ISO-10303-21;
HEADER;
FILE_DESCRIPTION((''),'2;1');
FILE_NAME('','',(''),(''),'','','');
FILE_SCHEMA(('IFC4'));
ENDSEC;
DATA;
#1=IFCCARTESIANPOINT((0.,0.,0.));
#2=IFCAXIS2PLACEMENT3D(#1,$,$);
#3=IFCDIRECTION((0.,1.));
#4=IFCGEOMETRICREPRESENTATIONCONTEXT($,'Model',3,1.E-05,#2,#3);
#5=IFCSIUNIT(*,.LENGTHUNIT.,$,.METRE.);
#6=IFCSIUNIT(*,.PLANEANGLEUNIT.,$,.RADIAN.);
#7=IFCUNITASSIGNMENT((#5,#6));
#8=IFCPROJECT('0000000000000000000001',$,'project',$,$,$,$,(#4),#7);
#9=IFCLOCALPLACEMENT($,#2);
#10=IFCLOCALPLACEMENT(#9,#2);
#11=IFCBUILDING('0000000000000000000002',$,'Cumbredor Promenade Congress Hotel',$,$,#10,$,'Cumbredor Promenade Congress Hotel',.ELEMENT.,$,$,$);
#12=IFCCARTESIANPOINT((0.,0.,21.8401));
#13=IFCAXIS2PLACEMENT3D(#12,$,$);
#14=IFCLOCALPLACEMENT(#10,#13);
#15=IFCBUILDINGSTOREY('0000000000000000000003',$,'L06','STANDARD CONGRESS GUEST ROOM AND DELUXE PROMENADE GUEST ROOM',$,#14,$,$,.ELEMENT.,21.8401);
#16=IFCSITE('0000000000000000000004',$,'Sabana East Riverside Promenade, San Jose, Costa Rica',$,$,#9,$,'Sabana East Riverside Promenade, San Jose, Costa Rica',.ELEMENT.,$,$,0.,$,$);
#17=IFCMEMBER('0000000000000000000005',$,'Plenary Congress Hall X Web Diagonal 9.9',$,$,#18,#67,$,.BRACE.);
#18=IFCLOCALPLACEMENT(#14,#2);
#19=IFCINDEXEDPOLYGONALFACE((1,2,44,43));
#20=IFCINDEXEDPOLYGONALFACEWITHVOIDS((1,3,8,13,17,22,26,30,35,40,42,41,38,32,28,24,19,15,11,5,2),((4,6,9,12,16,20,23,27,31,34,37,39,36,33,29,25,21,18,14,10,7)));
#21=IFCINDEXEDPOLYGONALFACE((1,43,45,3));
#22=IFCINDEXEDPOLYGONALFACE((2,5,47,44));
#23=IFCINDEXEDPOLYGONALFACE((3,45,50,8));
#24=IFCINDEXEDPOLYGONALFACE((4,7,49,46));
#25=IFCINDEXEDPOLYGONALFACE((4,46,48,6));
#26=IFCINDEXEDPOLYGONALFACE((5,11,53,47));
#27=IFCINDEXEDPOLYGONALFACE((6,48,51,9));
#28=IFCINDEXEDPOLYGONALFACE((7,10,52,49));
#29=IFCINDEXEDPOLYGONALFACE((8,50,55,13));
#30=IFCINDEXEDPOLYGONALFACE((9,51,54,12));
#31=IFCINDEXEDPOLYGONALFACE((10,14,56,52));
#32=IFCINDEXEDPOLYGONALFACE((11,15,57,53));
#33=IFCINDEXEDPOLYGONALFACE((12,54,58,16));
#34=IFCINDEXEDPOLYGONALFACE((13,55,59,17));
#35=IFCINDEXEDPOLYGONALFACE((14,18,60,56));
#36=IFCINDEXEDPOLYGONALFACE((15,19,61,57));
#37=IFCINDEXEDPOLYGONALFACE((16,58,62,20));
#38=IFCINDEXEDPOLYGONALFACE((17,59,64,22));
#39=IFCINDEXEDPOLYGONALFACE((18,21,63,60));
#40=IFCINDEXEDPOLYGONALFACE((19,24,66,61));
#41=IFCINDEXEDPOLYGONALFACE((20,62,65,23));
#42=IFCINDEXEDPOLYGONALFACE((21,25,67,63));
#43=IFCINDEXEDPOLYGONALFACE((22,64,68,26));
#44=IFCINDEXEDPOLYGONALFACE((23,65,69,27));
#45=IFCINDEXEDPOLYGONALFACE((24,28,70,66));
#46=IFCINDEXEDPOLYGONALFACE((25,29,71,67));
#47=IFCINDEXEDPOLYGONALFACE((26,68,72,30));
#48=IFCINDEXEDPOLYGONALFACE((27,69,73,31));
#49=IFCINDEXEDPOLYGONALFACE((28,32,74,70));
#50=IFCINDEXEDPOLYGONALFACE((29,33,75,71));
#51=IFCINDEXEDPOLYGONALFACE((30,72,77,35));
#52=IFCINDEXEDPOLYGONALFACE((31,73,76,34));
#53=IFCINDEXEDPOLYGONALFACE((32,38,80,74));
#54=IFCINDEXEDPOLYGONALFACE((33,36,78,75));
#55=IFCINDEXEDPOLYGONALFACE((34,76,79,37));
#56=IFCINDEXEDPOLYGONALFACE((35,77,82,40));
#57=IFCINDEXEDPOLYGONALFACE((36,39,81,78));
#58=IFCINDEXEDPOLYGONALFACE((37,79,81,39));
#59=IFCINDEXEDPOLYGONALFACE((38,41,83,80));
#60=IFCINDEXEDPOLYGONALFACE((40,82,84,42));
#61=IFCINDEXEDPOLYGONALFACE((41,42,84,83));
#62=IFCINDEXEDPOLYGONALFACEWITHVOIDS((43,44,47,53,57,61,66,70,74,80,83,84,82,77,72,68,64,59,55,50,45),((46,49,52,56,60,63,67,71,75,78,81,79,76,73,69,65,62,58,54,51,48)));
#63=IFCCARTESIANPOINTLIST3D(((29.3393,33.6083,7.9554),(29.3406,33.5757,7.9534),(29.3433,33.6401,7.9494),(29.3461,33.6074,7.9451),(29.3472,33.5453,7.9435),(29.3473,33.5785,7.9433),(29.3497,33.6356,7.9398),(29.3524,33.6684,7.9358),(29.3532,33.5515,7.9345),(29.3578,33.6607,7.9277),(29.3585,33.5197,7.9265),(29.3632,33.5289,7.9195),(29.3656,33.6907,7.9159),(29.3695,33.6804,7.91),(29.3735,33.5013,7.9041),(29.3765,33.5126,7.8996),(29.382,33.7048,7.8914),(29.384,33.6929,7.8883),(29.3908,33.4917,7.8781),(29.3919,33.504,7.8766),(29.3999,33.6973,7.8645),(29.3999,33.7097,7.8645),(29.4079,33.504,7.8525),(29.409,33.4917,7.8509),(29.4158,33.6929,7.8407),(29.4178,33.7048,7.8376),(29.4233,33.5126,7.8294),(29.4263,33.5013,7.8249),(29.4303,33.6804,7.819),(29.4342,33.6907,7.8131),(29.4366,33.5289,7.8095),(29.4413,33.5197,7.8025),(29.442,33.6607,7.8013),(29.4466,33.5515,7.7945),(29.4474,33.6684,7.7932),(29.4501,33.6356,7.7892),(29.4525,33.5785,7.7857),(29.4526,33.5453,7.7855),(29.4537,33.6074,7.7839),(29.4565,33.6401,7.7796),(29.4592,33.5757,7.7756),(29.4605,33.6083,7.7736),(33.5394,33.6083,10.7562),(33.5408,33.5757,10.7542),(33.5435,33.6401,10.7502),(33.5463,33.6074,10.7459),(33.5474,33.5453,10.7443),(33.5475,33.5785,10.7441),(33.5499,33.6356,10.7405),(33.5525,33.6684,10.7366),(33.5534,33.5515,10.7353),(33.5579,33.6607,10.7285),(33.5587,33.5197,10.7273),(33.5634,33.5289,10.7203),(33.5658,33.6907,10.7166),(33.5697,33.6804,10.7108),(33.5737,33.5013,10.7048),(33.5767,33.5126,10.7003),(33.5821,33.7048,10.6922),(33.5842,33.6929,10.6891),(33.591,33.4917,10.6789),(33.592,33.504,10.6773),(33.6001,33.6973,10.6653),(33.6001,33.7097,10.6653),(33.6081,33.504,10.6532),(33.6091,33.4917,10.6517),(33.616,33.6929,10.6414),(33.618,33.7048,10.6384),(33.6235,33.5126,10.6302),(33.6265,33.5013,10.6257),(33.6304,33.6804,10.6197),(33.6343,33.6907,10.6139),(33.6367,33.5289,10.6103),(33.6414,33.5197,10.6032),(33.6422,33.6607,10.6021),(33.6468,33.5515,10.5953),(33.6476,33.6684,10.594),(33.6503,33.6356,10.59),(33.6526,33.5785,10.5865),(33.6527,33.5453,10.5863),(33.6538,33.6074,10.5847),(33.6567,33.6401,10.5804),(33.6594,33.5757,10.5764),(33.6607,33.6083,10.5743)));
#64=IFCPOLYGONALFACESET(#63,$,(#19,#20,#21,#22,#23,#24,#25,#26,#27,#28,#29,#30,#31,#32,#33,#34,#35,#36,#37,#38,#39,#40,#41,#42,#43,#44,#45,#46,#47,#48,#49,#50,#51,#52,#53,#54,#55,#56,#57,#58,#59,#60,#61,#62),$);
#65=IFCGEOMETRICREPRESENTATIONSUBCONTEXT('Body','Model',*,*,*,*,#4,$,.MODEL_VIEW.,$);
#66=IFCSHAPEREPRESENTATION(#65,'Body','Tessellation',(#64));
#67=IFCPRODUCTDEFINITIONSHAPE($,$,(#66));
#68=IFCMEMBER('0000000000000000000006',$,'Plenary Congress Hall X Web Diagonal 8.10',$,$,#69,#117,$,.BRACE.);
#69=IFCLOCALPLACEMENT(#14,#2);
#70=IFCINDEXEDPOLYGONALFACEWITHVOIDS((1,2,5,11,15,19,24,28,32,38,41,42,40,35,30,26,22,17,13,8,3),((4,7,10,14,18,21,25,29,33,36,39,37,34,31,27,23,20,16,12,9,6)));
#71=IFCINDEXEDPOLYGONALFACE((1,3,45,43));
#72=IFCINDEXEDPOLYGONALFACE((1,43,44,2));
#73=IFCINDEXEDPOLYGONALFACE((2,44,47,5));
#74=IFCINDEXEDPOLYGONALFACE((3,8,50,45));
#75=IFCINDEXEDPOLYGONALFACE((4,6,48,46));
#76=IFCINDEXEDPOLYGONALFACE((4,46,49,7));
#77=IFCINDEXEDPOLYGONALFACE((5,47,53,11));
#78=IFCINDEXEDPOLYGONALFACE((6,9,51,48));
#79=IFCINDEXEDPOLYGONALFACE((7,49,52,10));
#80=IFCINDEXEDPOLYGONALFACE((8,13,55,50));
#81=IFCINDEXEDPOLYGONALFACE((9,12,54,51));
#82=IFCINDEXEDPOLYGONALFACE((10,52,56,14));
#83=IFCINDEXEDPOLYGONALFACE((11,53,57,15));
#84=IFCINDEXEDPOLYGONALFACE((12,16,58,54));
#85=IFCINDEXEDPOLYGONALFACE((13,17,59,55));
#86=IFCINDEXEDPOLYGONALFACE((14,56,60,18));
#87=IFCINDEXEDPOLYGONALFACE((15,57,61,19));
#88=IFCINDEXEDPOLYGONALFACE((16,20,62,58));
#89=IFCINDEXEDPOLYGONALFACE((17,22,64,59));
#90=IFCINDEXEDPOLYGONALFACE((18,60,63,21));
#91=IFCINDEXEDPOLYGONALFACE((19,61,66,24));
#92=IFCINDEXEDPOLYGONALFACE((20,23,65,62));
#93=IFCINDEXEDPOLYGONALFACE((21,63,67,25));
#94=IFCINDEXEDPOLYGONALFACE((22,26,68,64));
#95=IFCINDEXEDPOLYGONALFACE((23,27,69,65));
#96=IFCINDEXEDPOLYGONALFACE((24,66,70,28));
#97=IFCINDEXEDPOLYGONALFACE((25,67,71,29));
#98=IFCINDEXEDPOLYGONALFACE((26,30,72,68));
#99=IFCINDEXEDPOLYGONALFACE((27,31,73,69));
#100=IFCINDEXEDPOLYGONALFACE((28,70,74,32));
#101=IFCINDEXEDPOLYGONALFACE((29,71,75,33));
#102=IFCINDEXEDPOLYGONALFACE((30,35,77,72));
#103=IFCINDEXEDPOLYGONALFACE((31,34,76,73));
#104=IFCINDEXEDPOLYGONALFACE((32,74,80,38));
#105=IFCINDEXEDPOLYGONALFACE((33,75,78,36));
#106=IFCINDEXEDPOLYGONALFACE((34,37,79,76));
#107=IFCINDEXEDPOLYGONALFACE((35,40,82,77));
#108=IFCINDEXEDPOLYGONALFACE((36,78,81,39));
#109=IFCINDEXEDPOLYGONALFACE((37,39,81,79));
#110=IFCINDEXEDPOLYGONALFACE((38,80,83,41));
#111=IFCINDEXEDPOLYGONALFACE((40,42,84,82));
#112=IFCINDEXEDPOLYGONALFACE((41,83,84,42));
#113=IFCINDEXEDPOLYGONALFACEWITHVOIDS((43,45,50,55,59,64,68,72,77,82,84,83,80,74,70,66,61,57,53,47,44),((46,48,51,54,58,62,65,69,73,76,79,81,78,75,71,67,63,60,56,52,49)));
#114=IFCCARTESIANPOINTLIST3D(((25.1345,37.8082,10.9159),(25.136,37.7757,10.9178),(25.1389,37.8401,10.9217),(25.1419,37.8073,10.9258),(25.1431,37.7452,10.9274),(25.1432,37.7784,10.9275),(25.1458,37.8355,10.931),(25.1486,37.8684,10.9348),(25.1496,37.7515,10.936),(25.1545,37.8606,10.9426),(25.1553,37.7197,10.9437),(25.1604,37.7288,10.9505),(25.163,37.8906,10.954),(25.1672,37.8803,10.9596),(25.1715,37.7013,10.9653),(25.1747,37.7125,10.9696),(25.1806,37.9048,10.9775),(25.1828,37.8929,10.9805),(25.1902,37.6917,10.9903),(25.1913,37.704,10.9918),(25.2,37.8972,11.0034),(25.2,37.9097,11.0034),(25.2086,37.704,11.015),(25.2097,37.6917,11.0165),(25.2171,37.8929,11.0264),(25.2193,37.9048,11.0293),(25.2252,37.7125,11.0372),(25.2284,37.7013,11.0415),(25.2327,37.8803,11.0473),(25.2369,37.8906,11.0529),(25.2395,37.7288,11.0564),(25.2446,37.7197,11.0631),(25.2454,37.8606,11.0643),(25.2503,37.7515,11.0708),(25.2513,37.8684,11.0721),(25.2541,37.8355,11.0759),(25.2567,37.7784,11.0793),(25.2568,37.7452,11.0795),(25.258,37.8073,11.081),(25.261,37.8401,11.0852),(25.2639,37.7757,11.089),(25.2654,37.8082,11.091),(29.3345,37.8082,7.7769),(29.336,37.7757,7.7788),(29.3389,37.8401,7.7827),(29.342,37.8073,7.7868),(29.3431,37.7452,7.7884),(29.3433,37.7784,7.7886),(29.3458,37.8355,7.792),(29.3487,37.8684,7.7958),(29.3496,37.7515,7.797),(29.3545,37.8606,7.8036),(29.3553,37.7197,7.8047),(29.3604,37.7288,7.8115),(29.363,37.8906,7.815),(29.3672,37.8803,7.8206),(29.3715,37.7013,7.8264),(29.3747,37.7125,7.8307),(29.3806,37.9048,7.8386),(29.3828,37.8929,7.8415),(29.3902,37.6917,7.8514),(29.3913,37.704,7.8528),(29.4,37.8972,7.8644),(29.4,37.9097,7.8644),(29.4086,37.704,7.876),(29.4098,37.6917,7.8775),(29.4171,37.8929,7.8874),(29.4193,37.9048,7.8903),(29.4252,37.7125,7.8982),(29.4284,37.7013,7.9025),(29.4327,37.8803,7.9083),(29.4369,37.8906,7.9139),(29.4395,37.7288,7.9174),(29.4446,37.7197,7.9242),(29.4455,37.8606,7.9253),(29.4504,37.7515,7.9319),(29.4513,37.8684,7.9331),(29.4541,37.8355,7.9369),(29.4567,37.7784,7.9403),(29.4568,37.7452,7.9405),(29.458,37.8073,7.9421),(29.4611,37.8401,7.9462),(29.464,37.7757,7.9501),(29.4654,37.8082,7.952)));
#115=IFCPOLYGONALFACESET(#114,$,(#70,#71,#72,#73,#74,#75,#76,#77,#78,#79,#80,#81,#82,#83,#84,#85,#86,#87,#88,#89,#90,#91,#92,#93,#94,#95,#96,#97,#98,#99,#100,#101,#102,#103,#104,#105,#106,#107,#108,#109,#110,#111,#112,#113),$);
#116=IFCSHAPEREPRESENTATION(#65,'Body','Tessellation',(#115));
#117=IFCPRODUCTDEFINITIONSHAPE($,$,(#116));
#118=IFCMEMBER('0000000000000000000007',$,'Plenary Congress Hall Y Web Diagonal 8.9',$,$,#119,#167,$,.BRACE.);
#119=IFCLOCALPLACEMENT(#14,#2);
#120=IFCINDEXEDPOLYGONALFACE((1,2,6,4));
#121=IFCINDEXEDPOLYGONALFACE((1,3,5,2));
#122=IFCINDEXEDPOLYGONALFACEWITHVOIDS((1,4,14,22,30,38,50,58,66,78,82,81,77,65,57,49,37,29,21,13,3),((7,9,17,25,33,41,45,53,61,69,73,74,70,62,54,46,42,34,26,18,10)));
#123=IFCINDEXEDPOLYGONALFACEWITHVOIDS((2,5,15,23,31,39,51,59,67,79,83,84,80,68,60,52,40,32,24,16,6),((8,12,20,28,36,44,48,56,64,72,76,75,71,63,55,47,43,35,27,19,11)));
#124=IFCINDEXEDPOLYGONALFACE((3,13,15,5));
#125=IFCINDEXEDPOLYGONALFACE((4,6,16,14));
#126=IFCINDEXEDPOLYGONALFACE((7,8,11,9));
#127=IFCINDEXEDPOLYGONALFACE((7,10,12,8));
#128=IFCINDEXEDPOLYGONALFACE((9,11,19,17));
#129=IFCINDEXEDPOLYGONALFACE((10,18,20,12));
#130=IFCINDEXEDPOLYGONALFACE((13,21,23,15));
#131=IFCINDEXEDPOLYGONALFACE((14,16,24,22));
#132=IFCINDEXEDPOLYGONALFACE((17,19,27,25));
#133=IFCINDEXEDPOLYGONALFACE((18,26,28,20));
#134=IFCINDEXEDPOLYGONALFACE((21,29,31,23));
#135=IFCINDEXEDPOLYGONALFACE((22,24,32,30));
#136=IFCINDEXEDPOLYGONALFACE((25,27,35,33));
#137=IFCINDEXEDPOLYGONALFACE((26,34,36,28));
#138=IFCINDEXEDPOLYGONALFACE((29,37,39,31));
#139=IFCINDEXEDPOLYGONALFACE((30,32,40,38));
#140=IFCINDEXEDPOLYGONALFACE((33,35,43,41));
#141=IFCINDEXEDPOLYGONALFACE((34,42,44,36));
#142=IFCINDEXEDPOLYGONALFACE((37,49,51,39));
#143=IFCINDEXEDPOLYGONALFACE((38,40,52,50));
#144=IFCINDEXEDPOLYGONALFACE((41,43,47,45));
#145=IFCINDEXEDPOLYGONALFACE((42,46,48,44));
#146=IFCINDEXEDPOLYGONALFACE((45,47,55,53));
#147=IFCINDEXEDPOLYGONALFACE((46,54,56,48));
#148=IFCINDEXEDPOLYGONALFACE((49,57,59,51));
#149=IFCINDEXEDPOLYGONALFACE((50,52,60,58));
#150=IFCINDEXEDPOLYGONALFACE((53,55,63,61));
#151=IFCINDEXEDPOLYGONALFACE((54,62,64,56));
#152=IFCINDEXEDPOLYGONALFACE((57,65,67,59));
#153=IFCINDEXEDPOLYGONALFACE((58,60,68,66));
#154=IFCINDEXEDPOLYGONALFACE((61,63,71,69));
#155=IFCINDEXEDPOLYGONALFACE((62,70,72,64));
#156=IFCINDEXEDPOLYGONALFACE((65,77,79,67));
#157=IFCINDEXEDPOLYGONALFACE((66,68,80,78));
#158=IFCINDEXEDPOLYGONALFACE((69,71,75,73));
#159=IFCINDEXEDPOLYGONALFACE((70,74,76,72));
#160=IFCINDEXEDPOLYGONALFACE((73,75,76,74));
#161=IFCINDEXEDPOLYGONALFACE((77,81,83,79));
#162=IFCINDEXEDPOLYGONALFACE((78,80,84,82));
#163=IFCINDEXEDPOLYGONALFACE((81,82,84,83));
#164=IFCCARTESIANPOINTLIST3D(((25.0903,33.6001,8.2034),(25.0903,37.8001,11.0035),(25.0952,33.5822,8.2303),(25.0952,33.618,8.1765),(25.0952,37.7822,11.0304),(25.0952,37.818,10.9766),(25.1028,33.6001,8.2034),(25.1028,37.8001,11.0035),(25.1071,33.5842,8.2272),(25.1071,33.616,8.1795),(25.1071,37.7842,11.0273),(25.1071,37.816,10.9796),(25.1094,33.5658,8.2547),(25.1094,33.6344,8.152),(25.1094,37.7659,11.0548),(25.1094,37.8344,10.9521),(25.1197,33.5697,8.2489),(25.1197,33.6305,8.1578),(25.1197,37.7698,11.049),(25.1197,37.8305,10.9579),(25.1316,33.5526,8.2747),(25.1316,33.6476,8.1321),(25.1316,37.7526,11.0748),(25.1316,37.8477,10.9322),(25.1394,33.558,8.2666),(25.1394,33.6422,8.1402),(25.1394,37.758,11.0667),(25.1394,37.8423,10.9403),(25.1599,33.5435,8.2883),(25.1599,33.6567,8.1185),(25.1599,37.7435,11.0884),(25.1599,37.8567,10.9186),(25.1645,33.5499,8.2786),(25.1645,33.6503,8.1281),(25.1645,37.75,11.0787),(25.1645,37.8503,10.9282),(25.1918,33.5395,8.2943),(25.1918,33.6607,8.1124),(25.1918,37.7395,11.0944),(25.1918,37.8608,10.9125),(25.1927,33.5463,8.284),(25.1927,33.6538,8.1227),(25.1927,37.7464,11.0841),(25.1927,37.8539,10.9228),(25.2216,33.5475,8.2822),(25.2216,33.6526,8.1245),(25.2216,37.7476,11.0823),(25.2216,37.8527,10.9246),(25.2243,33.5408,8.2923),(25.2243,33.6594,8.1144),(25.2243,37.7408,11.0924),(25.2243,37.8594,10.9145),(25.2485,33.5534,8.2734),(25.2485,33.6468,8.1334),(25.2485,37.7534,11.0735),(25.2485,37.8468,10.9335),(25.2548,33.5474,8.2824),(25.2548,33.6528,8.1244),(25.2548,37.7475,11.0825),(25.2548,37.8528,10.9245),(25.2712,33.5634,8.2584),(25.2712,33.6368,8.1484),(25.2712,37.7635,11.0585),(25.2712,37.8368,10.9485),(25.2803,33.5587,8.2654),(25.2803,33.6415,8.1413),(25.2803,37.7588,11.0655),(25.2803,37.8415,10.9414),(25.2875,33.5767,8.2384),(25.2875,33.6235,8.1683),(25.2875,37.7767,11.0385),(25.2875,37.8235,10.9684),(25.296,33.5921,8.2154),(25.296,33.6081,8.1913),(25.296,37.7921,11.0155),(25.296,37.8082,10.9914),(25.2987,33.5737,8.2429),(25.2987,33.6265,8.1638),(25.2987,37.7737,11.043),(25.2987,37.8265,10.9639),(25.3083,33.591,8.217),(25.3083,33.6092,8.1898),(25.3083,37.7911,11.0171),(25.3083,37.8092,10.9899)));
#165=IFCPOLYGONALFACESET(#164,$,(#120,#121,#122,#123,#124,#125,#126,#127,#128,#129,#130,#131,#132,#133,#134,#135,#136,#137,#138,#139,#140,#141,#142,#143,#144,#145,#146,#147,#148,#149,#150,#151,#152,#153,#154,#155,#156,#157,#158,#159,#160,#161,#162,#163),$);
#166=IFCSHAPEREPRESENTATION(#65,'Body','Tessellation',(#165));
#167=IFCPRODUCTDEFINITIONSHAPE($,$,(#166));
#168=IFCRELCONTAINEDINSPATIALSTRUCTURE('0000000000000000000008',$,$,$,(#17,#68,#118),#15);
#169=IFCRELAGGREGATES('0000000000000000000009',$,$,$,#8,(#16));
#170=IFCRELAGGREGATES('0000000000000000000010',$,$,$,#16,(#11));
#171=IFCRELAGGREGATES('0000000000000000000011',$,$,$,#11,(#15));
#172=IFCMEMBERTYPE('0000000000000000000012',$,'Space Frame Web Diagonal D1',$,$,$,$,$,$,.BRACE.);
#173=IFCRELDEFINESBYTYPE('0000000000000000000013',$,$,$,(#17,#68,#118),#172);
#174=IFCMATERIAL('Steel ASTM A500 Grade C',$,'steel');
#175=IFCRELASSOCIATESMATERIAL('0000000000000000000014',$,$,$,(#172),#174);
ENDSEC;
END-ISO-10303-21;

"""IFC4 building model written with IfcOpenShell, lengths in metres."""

from ifc_helpers import new_model, si_unit, direction, frame, origin, origin_2d, place, context, subcontext, project, spatial, hollow_circle, extrude, material, material_profile, profile_set, type_object, element, save


model = new_model("IFC4")

# Units and contexts
model_context = context("Model", 3, precision=1e-05, world=origin(), true_north=direction((0.0, 1.0)))
body_context = subcontext(model_context, "Body", "Model", "MODEL_VIEW")
ifc_project = project(units=[si_unit("LENGTHUNIT", "METRE"), si_unit("PLANEANGLEUNIT", "RADIAN")], contexts=[model_context])

# Site, building, storey
site_placement = place(None, origin())
site = spatial("IfcSite", under=ifc_project, at=site_placement, Name="Sabana East Riverside Promenade, San Jose, Costa Rica", LongName="Sabana East Riverside Promenade, San Jose, Costa Rica", CompositionType="ELEMENT", RefElevation=0.0)
building_placement = place(site_placement, origin())
building = spatial("IfcBuilding", under=site, at=building_placement, Name="Cumbredor Promenade Congress Hotel", LongName="Cumbredor Promenade Congress Hotel", CompositionType="ELEMENT")
storey_placement = place(building_placement, frame((0.0, 0.0, 21.8401)))
storey = spatial("IfcBuildingStorey", under=building, at=storey_placement, Name="L06", Description="STANDARD CONGRESS GUEST ROOM AND DELUXE PROMENADE GUEST ROOM", CompositionType="ELEMENT", Elevation=21.8401)

# Members
ifc_material_1 = material(Name="Steel ASTM A500 Grade C", Category="steel")
ifc_material_profile_1 = material_profile(ifc_material_1, hollow_circle(Radius=0.1096, WallThickness=0.0125, at=origin_2d()), Name="CHS 219.1x12.5")
ifc_profile_set_1 = profile_set([ifc_material_profile_1], Name="Steel ASTM A500 Grade C")
member_type_1 = type_object("IfcMemberType", Name="Space Frame Web Diagonal D1", PredefinedType="BRACE", material=ifc_profile_set_1)
member_1_placement = place(storey_placement, frame((29.3999, 33.6001, 7.8645), z_axis=(0.831991, 0.0, 0.554789), x_axis=(0.0, 1.0, 0.0)))
element("IfcMember", 1, at=member_1_placement, inside=storey, type_object=member_type_1, Name="Plenary Congress Hall X Web Diagonal 9.9", PredefinedType="BRACE", context=body_context, shape_type="SweptSolid", body=[
    extrude(hollow_circle(Radius=0.1096, WallThickness=0.0125, at=origin_2d()), origin(), (0.0, 0.0, 1.0), 5.0483),
])
member_2_placement = place(storey_placement, frame((25.2, 37.8, 11.0034), z_axis=(0.80101, 0.0, -0.598651), x_axis=(0.0, 1.0, 0.0)))
element("IfcMember", 2, at=member_2_placement, inside=storey, type_object=member_type_1, Name="Plenary Congress Hall X Web Diagonal 8.10", PredefinedType="BRACE", context=body_context, shape_type="SweptSolid", body=[
    extrude(hollow_circle(Radius=0.1096, WallThickness=0.0125, at=origin_2d()), origin(), (0.0, 0.0, 1.0), 5.2434),
])
member_3_placement = place(storey_placement, frame((25.2, 33.6001, 8.2034), z_axis=(0.0, 0.832043, 0.554711), x_axis=(-1.0, 0.0, 0.0)))
element("IfcMember", 3, at=member_3_placement, inside=storey, type_object=member_type_1, Name="Plenary Congress Hall Y Web Diagonal 8.9", PredefinedType="BRACE", context=body_context, shape_type="SweptSolid", body=[
    extrude(hollow_circle(Radius=0.1096, WallThickness=0.0125, at=origin_2d()), origin(), (0.0, 0.0, 1.0), 5.0479),
])

save(model, "model.ifc")
